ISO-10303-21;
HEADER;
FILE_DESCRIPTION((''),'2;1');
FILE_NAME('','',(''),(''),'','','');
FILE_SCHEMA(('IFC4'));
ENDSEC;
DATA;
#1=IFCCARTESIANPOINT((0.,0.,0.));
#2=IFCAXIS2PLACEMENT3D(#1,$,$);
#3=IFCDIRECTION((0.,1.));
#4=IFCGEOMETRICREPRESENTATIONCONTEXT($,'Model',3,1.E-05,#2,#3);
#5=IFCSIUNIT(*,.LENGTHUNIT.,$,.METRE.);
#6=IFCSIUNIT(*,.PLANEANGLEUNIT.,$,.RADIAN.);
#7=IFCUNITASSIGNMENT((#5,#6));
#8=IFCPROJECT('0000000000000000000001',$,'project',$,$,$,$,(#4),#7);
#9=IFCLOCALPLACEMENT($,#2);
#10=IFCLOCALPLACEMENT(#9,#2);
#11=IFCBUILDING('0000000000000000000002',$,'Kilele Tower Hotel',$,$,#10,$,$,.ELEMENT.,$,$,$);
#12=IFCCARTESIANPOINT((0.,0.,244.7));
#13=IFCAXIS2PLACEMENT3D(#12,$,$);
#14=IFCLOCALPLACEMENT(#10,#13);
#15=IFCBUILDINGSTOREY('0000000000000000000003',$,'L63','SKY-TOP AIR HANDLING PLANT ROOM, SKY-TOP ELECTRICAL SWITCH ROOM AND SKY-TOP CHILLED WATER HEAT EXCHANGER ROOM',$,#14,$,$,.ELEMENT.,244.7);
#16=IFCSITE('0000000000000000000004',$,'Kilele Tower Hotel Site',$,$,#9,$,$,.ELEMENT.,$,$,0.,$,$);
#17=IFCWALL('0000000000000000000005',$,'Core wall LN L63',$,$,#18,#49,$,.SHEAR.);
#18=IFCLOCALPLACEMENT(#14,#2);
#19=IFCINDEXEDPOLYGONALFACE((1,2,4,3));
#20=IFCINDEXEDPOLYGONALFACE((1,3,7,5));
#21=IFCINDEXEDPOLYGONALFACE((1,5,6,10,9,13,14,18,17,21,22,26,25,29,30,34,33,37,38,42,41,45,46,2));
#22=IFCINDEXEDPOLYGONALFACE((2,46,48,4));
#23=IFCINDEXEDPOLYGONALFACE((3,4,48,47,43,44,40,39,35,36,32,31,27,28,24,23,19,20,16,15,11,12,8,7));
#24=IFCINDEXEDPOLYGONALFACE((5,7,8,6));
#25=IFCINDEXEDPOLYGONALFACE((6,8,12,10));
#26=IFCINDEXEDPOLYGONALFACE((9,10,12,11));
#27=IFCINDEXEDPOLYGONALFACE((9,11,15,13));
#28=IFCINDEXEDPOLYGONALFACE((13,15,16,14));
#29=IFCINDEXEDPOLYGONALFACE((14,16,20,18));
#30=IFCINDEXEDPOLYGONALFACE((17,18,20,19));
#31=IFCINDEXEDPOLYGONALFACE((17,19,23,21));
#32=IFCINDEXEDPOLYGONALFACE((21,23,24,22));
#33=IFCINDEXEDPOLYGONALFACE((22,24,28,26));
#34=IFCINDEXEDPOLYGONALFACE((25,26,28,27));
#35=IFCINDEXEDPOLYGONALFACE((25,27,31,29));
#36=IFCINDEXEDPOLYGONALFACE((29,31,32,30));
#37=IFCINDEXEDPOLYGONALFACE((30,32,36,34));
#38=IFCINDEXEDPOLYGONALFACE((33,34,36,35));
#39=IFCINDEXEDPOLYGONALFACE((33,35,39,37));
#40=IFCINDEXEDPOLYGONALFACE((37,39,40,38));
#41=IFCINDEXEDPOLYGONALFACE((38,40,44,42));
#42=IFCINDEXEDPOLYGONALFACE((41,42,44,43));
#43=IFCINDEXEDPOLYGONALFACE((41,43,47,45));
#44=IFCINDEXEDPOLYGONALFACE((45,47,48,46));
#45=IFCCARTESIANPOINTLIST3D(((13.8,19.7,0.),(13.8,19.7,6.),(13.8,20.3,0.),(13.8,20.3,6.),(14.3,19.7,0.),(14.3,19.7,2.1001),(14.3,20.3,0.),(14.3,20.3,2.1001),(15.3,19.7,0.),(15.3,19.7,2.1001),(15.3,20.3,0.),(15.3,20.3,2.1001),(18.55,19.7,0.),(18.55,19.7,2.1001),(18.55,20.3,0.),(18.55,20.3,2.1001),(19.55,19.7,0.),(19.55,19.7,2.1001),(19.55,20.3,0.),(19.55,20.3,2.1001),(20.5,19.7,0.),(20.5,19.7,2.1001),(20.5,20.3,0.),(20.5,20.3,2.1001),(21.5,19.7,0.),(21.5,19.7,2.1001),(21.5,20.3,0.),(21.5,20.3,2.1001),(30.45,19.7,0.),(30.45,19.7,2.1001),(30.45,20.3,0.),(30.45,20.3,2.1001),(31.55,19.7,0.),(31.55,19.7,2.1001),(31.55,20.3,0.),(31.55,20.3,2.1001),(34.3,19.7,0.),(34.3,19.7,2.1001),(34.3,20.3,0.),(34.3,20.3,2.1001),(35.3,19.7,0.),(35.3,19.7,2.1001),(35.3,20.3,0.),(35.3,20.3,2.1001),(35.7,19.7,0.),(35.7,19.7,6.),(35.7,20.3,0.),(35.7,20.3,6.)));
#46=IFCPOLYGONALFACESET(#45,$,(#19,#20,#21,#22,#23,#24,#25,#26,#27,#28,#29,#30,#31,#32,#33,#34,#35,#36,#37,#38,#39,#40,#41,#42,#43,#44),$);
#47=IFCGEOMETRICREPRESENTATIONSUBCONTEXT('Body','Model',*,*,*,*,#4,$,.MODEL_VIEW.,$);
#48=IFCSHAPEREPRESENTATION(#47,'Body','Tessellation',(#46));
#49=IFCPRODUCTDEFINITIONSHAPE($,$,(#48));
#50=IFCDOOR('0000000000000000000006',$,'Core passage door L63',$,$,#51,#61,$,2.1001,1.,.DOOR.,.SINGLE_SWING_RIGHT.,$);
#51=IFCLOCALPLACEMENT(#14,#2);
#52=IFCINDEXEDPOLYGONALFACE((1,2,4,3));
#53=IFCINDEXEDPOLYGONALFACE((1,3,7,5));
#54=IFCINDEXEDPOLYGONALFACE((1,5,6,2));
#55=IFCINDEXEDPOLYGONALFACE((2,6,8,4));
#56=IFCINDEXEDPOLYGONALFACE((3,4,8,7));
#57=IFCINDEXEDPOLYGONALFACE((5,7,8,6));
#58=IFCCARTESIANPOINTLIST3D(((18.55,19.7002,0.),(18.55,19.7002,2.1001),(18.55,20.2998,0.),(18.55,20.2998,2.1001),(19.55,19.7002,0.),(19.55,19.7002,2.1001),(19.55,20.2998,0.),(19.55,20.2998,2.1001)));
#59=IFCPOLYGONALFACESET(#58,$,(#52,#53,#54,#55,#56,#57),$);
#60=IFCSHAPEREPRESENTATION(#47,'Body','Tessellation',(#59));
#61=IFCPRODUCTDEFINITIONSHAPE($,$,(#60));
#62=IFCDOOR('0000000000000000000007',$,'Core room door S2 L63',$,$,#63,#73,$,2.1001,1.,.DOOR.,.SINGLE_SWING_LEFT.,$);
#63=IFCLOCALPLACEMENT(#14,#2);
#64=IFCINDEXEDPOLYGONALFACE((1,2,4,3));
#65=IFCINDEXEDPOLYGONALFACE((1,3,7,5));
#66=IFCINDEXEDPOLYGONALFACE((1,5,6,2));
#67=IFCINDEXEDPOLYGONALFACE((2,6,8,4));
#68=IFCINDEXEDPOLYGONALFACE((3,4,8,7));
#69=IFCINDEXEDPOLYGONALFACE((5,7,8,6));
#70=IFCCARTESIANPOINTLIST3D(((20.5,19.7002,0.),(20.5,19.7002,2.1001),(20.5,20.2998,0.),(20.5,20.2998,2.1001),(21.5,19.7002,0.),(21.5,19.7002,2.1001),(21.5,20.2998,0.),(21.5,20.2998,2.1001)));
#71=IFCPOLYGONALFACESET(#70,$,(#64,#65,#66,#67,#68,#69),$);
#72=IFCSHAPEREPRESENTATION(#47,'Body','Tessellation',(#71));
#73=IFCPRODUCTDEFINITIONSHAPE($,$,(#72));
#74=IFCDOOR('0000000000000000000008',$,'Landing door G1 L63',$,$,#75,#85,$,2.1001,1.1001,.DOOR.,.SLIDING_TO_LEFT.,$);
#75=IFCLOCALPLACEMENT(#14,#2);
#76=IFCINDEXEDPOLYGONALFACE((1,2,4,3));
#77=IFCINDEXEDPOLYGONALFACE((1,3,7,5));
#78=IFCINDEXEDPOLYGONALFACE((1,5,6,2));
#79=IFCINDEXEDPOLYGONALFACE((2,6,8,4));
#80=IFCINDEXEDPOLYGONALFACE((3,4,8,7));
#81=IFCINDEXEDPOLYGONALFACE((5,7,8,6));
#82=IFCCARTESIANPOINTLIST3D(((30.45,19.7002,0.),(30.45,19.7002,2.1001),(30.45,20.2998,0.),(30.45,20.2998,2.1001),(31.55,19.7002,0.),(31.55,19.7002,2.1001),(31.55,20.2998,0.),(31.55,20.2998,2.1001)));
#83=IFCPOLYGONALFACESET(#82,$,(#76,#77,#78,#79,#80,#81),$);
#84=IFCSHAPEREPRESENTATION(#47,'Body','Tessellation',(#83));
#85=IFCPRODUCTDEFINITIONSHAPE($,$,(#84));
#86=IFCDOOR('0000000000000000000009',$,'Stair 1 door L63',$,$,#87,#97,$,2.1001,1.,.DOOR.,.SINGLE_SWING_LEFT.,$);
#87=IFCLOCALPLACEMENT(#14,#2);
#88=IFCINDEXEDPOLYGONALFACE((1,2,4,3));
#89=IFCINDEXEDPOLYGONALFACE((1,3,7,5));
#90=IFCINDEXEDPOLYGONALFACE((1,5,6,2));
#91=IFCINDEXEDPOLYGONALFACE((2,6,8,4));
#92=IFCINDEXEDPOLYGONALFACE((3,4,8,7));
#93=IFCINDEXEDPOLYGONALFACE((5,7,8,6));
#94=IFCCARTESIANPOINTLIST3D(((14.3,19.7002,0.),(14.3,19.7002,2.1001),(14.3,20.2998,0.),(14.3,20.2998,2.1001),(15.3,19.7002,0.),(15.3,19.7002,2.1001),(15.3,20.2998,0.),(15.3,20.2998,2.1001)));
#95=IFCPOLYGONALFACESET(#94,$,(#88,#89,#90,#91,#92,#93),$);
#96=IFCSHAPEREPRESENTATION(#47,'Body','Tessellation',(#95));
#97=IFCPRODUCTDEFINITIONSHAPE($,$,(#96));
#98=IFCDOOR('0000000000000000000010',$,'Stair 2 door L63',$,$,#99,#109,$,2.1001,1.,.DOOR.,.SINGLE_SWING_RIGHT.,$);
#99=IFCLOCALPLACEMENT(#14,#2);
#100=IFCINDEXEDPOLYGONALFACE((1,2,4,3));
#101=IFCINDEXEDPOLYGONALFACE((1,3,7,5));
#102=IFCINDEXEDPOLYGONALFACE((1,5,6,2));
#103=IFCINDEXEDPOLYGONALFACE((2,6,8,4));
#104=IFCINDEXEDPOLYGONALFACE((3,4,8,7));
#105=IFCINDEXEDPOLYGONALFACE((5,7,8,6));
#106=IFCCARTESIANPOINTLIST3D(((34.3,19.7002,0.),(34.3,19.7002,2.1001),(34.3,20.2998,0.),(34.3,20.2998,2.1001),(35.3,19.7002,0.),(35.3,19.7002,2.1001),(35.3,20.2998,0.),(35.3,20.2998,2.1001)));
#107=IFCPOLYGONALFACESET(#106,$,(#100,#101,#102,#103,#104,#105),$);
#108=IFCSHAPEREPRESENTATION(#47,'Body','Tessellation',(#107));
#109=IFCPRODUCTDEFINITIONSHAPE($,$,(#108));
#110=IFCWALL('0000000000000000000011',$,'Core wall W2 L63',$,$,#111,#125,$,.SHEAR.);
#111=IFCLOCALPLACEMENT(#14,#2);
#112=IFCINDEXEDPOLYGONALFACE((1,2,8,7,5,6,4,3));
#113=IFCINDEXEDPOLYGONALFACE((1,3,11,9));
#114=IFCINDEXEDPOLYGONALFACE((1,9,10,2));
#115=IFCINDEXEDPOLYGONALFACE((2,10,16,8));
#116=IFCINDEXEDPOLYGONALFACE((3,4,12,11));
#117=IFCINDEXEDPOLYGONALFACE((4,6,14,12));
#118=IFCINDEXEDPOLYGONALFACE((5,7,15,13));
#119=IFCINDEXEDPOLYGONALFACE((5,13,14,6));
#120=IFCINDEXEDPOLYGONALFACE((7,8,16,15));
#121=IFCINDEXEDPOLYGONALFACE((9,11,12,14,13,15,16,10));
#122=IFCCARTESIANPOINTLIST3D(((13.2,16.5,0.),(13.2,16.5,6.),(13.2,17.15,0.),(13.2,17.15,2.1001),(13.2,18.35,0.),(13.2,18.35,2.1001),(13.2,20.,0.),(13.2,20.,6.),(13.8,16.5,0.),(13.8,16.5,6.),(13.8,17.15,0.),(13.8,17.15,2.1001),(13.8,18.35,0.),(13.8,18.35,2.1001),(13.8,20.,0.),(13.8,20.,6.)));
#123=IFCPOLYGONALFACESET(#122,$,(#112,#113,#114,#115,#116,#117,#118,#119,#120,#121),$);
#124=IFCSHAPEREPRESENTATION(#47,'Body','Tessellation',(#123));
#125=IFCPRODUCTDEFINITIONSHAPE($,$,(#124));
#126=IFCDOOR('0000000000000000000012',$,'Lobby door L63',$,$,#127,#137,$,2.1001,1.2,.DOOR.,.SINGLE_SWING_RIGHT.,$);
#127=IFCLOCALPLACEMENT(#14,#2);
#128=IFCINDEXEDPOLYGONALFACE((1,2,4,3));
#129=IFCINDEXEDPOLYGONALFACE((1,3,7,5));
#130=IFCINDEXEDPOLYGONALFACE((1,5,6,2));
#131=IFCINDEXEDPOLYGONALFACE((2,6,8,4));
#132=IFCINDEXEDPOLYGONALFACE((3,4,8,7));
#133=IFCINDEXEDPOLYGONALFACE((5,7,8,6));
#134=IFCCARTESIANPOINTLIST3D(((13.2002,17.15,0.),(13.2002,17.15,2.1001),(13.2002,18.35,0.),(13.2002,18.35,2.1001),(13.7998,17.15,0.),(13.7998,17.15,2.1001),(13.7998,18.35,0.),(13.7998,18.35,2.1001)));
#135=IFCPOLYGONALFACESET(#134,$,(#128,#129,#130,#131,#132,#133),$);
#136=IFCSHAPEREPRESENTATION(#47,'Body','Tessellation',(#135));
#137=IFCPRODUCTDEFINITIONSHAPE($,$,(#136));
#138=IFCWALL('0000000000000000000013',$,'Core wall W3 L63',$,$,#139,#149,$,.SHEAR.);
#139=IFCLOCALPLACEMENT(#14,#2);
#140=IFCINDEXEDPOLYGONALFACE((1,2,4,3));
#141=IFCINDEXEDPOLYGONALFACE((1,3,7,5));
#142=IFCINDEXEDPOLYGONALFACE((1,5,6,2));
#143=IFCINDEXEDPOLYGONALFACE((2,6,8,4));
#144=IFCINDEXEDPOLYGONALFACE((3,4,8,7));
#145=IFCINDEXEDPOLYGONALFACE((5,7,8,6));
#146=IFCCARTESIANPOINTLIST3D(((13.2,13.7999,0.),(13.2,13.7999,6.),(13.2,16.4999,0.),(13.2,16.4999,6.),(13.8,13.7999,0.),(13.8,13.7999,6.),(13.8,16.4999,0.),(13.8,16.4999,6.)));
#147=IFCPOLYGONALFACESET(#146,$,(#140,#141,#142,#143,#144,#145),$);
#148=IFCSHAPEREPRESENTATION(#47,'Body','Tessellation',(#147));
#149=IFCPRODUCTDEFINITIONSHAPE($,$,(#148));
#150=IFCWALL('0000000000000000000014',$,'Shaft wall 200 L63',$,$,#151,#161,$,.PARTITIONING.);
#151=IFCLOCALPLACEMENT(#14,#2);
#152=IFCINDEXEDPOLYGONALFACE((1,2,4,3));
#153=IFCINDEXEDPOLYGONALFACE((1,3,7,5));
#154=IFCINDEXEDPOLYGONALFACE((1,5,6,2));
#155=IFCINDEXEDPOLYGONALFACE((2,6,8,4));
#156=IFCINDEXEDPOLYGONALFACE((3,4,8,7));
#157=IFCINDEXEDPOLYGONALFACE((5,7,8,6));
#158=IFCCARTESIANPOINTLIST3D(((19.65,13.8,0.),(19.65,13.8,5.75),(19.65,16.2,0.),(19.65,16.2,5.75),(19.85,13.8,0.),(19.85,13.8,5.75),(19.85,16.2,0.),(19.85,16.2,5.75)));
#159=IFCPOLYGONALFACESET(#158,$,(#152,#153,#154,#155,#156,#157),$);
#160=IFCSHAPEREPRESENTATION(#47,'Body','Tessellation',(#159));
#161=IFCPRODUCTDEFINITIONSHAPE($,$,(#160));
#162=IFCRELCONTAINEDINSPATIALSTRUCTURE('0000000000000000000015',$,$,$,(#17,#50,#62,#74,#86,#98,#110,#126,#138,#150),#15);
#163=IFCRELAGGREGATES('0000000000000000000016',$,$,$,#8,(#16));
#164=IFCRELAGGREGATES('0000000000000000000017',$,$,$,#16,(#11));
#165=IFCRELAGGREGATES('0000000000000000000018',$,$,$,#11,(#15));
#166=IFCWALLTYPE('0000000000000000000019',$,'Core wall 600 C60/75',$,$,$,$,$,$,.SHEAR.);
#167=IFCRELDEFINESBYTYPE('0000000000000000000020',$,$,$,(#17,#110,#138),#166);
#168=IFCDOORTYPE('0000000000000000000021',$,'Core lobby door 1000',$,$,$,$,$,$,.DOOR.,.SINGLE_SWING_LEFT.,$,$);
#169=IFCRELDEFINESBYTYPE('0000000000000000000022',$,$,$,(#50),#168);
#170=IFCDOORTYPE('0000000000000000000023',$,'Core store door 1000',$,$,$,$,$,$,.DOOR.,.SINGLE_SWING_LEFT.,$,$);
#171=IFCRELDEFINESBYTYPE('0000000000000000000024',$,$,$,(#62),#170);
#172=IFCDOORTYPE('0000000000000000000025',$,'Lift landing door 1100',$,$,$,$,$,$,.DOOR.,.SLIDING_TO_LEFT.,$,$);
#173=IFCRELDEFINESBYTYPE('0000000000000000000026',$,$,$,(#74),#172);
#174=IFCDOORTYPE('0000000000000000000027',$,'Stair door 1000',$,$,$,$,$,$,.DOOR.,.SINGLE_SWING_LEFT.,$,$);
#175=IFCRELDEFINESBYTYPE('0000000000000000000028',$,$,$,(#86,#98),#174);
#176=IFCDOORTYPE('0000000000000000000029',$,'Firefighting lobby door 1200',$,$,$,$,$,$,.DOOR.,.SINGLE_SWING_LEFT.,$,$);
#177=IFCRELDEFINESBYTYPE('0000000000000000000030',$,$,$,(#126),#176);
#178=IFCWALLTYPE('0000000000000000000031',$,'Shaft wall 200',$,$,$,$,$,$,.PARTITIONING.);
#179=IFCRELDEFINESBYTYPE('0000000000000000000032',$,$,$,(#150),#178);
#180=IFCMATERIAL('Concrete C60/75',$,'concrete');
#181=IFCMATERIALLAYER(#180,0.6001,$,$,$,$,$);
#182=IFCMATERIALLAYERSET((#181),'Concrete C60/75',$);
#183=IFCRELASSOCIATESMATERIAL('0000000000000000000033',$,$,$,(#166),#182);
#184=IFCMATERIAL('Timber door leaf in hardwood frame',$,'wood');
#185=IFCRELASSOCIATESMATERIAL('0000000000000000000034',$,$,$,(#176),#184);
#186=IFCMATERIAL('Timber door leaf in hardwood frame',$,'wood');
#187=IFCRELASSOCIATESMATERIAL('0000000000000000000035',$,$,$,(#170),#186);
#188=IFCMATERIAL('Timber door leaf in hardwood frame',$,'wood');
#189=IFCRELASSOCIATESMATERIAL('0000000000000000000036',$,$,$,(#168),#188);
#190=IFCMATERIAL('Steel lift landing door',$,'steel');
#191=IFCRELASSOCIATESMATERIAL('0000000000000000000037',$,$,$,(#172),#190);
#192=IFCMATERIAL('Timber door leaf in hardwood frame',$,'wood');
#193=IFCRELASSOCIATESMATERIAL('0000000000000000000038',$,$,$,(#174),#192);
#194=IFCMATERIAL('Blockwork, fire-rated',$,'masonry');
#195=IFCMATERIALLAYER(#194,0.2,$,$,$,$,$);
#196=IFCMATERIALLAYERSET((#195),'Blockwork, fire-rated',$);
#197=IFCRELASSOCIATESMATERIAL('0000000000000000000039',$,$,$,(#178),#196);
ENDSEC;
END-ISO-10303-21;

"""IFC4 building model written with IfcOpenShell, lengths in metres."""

from ifc_helpers import new_model, si_unit, direction, frame, frame_2d, origin, place, context, subcontext, project, spatial, rectangle, extrude, material, layer, layer_set, type_object, element, fill, save


model = new_model("IFC4")

# Units and contexts
model_context = context("Model", 3, precision=1e-05, world=origin(), true_north=direction((0.0, 1.0)))
body_context = subcontext(model_context, "Body", "Model", "MODEL_VIEW")
ifc_project = project(units=[si_unit("LENGTHUNIT", "METRE"), si_unit("PLANEANGLEUNIT", "RADIAN")], contexts=[model_context])

# Site, building, storey
site_placement = place(None, origin())
site = spatial("IfcSite", under=ifc_project, at=site_placement, Name="Kilele Tower Hotel Site", CompositionType="ELEMENT", RefElevation=0.0)
building_placement = place(site_placement, origin())
building = spatial("IfcBuilding", under=site, at=building_placement, Name="Kilele Tower Hotel", CompositionType="ELEMENT")
storey_placement = place(building_placement, frame((0.0, 0.0, 244.7)))
storey = spatial("IfcBuildingStorey", under=building, at=storey_placement, Name="L63", Description="SKY-TOP AIR HANDLING PLANT ROOM, SKY-TOP ELECTRICAL SWITCH ROOM AND SKY-TOP CHILLED WATER HEAT EXCHANGER ROOM", CompositionType="ELEMENT", Elevation=244.7)

# Shared definitions
ifc_material_1 = material(Name="Concrete C60/75", Category="concrete")
ifc_layer_1 = layer(ifc_material_1, 0.6001)
ifc_layer_set_1 = layer_set([ifc_layer_1], Name="Concrete C60/75")
wall_type_1 = type_object("IfcWallType", Name="Core wall 600 C60/75", PredefinedType="SHEAR", material=ifc_layer_set_1)
ifc_material_2 = material(Name="Timber door leaf in hardwood frame", Category="wood")
door_type_1 = type_object("IfcDoorType", Name="Firefighting lobby door 1200", OperationType="SINGLE_SWING_LEFT", PredefinedType="DOOR", material=ifc_material_2)

# Wall, openings, doors
ifc_material_3 = material(Name="Timber door leaf in hardwood frame", Category="wood")
door_type_2 = type_object("IfcDoorType", Name="Core store door 1000", OperationType="SINGLE_SWING_LEFT", PredefinedType="DOOR", material=ifc_material_3)
wall_1_placement = place(storey_placement, frame((13.8, 20.0, 0.0), z_axis=(0.0, 0.0, 1.0), x_axis=(1.0, 0.0, 0.0)))
wall_1 = element("IfcWall", 1, at=wall_1_placement, inside=storey, type_object=wall_type_1, Name="Core wall LN L63", PredefinedType="SHEAR", context=body_context, shape_type="SweptSolid", body=[
    extrude(rectangle(XDim=21.8999, YDim=0.6001, at=frame_2d((10.95, 0.0))), origin(), (0.0, 0.0, 1.0), 6.0),
])
opening_1_placement = place(wall_1_placement, frame((0.5, 0.0, 0.0)))
opening_1 = element("IfcOpeningElement", 2, at=opening_1_placement, cuts=wall_1, PredefinedType="OPENING", context=body_context, shape_type="SweptSolid", body=[
    extrude(rectangle(XDim=1.0, YDim=2.1001, at=frame_2d((0.5, 1.05))), frame((0.0, 0.3101, 0.0), z_axis=(0.0, -1.0, 0.0), x_axis=(1.0, 0.0, 0.0)), (0.0, 0.0, 1.0), 0.6201),
])
opening_2_placement = place(wall_1_placement, frame((20.5, 0.0, 0.0)))
opening_2 = element("IfcOpeningElement", 3, at=opening_2_placement, cuts=wall_1, PredefinedType="OPENING", context=body_context, shape_type="SweptSolid", body=[
    extrude(rectangle(XDim=1.0, YDim=2.1001, at=frame_2d((0.5, 1.05))), frame((0.0, 0.3101, 0.0), z_axis=(0.0, -1.0, 0.0), x_axis=(1.0, 0.0, 0.0)), (0.0, 0.0, 1.0), 0.6201),
])
opening_3_placement = place(wall_1_placement, frame((16.6499, 0.0, 0.0)))
opening_3 = element("IfcOpeningElement", 4, at=opening_3_placement, cuts=wall_1, PredefinedType="OPENING", context=body_context, shape_type="SweptSolid", body=[
    extrude(rectangle(XDim=1.1001, YDim=2.1001, at=frame_2d((0.55, 1.05))), frame((0.0, 0.3101, 0.0), z_axis=(0.0, -1.0, 0.0), x_axis=(1.0, 0.0, 0.0)), (0.0, 0.0, 1.0), 0.6201),
])
opening_4_placement = place(wall_1_placement, frame((5.75, 0.0, 0.0), z_axis=(0.0, 0.0, 1.0), x_axis=(-1.0, 0.0, 0.0)))
opening_4 = element("IfcOpeningElement", 5, at=opening_4_placement, cuts=wall_1, PredefinedType="OPENING", context=body_context, shape_type="SweptSolid", body=[
    extrude(rectangle(XDim=1.0, YDim=2.1001, at=frame_2d((0.5, 1.05))), frame((0.0, 0.3101, 0.0), z_axis=(0.0, -1.0, 0.0), x_axis=(1.0, 0.0, 0.0)), (0.0, 0.0, 1.0), 0.6201),
])
opening_5_placement = place(wall_1_placement, frame((6.7, 0.0, 0.0)))
opening_5 = element("IfcOpeningElement", 6, at=opening_5_placement, cuts=wall_1, PredefinedType="OPENING", context=body_context, shape_type="SweptSolid", body=[
    extrude(rectangle(XDim=1.0, YDim=2.1001, at=frame_2d((0.5, 1.05))), frame((0.0, 0.3101, 0.0), z_axis=(0.0, -1.0, 0.0), x_axis=(1.0, 0.0, 0.0)), (0.0, 0.0, 1.0), 0.6201),
])
ifc_material_4 = material(Name="Timber door leaf in hardwood frame", Category="wood")
door_type_3 = type_object("IfcDoorType", Name="Core lobby door 1000", OperationType="SINGLE_SWING_LEFT", PredefinedType="DOOR", material=ifc_material_4)
door_1_placement = place(opening_4_placement, origin())
door_1 = element("IfcDoor", 7, at=door_1_placement, inside=storey, type_object=door_type_3, Name="Core passage door L63", OperationType="SINGLE_SWING_RIGHT", OverallHeight=2.1001, OverallWidth=1.0, PredefinedType="DOOR", context=body_context, shape_type="SweptSolid", body=[
    extrude(rectangle(XDim=1.0, YDim=2.1001, at=frame_2d((0.5, 1.05))), frame((0.0, 0.2998, 0.0), z_axis=(0.0, -1.0, 0.0), x_axis=(1.0, 0.0, 0.0)), (0.0, 0.0, 1.0), 0.5996),
])
fill(opening_4, door_1)
door_2_placement = place(opening_5_placement, origin())
door_2 = element("IfcDoor", 8, at=door_2_placement, inside=storey, type_object=door_type_2, Name="Core room door S2 L63", OperationType="SINGLE_SWING_LEFT", OverallHeight=2.1001, OverallWidth=1.0, PredefinedType="DOOR", context=body_context, shape_type="SweptSolid", body=[
    extrude(rectangle(XDim=1.0, YDim=2.1001, at=frame_2d((0.5, 1.05))), frame((0.0, 0.2998, 0.0), z_axis=(0.0, -1.0, 0.0), x_axis=(1.0, 0.0, 0.0)), (0.0, 0.0, 1.0), 0.5996),
])
fill(opening_5, door_2)
ifc_material_5 = material(Name="Steel lift landing door", Category="steel")
door_type_4 = type_object("IfcDoorType", Name="Lift landing door 1100", OperationType="SLIDING_TO_LEFT", PredefinedType="DOOR", material=ifc_material_5)
door_3_placement = place(opening_3_placement, origin())
door_3 = element("IfcDoor", 9, at=door_3_placement, inside=storey, type_object=door_type_4, Name="Landing door G1 L63", OperationType="SLIDING_TO_LEFT", OverallHeight=2.1001, OverallWidth=1.1001, PredefinedType="DOOR", context=body_context, shape_type="SweptSolid", body=[
    extrude(rectangle(XDim=1.1001, YDim=2.1001, at=frame_2d((0.55, 1.05))), frame((0.0, 0.2998, 0.0), z_axis=(0.0, -1.0, 0.0), x_axis=(1.0, 0.0, 0.0)), (0.0, 0.0, 1.0), 0.5996),
])
fill(opening_3, door_3)
ifc_material_6 = material(Name="Timber door leaf in hardwood frame", Category="wood")
door_type_5 = type_object("IfcDoorType", Name="Stair door 1000", OperationType="SINGLE_SWING_LEFT", PredefinedType="DOOR", material=ifc_material_6)
door_4_placement = place(opening_1_placement, origin())
door_4 = element("IfcDoor", 10, at=door_4_placement, inside=storey, type_object=door_type_5, Name="Stair 1 door L63", OperationType="SINGLE_SWING_LEFT", OverallHeight=2.1001, OverallWidth=1.0, PredefinedType="DOOR", context=body_context, shape_type="SweptSolid", body=[
    extrude(rectangle(XDim=1.0, YDim=2.1001, at=frame_2d((0.5, 1.05))), frame((0.0, 0.2998, 0.0), z_axis=(0.0, -1.0, 0.0), x_axis=(1.0, 0.0, 0.0)), (0.0, 0.0, 1.0), 0.5996),
])
fill(opening_1, door_4)
door_5_placement = place(opening_2_placement, origin())
door_5 = element("IfcDoor", 11, at=door_5_placement, inside=storey, type_object=door_type_5, Name="Stair 2 door L63", OperationType="SINGLE_SWING_RIGHT", OverallHeight=2.1001, OverallWidth=1.0, PredefinedType="DOOR", context=body_context, shape_type="SweptSolid", body=[
    extrude(rectangle(XDim=1.0, YDim=2.1001, at=frame_2d((0.5, 1.05))), frame((0.0, 0.2998, 0.0), z_axis=(0.0, -1.0, 0.0), x_axis=(1.0, 0.0, 0.0)), (0.0, 0.0, 1.0), 0.5996),
])
fill(opening_2, door_5)

# Wall, opening, door
wall_2_placement = place(storey_placement, frame((13.5, 20.0, 0.0), z_axis=(0.0, 0.0, 1.0), x_axis=(0.0, -1.0, 0.0)))
wall_2 = element("IfcWall", 12, at=wall_2_placement, inside=storey, type_object=wall_type_1, Name="Core wall W2 L63", PredefinedType="SHEAR", context=body_context, shape_type="SweptSolid", body=[
    extrude(rectangle(XDim=3.5, YDim=0.6001, at=frame_2d((1.75, 0.0))), origin(), (0.0, 0.0, 1.0), 6.0),
])
opening_6_placement = place(wall_2_placement, frame((1.6499, 0.0, 0.0)))
opening_6 = element("IfcOpeningElement", 13, at=opening_6_placement, cuts=wall_2, PredefinedType="OPENING", context=body_context, shape_type="SweptSolid", body=[
    extrude(rectangle(XDim=1.2, YDim=2.1001, at=frame_2d((0.6001, 1.05))), frame((0.0, 0.3101, 0.0), z_axis=(0.0, -1.0, 0.0), x_axis=(1.0, 0.0, 0.0)), (0.0, 0.0, 1.0), 0.6201),
])
door_6_placement = place(opening_6_placement, origin())
door_6 = element("IfcDoor", 14, at=door_6_placement, inside=storey, type_object=door_type_1, Name="Lobby door L63", OperationType="SINGLE_SWING_RIGHT", OverallHeight=2.1001, OverallWidth=1.2, PredefinedType="DOOR", context=body_context, shape_type="SweptSolid", body=[
    extrude(rectangle(XDim=1.2, YDim=2.1001, at=frame_2d((0.6001, 1.05))), frame((0.0, 0.2998, 0.0), z_axis=(0.0, -1.0, 0.0), x_axis=(1.0, 0.0, 0.0)), (0.0, 0.0, 1.0), 0.5996),
])
fill(opening_6, door_6)

# Walls
wall_3_placement = place(storey_placement, frame((13.5, 16.5, 0.0), z_axis=(0.0, 0.0, 1.0), x_axis=(0.0, -1.0, 0.0)))
element("IfcWall", 15, at=wall_3_placement, inside=storey, type_object=wall_type_1, Name="Core wall W3 L63", PredefinedType="SHEAR", context=body_context, shape_type="SweptSolid", body=[
    extrude(rectangle(XDim=2.7, YDim=0.6001, at=frame_2d((1.3501, 0.0))), origin(), (0.0, 0.0, 1.0), 6.0),
])
ifc_material_7 = material(Name="Blockwork, fire-rated", Category="masonry")
ifc_layer_2 = layer(ifc_material_7, 0.2)
ifc_layer_set_2 = layer_set([ifc_layer_2], Name="Blockwork, fire-rated")
wall_type_2 = type_object("IfcWallType", Name="Shaft wall 200", PredefinedType="PARTITIONING", material=ifc_layer_set_2)
wall_4_placement = place(storey_placement, frame((19.75, 13.8, 0.0), z_axis=(0.0, 0.0, 1.0), x_axis=(0.0, 1.0, 0.0)))
element("IfcWall", 16, at=wall_4_placement, inside=storey, type_object=wall_type_2, Name="Shaft wall 200 L63", PredefinedType="PARTITIONING", context=body_context, shape_type="SweptSolid", body=[
    extrude(rectangle(XDim=2.3999, YDim=0.2, at=frame_2d((1.2, 0.0))), origin(), (0.0, 0.0, 1.0), 5.75),
])

save(model, "model.ifc")
